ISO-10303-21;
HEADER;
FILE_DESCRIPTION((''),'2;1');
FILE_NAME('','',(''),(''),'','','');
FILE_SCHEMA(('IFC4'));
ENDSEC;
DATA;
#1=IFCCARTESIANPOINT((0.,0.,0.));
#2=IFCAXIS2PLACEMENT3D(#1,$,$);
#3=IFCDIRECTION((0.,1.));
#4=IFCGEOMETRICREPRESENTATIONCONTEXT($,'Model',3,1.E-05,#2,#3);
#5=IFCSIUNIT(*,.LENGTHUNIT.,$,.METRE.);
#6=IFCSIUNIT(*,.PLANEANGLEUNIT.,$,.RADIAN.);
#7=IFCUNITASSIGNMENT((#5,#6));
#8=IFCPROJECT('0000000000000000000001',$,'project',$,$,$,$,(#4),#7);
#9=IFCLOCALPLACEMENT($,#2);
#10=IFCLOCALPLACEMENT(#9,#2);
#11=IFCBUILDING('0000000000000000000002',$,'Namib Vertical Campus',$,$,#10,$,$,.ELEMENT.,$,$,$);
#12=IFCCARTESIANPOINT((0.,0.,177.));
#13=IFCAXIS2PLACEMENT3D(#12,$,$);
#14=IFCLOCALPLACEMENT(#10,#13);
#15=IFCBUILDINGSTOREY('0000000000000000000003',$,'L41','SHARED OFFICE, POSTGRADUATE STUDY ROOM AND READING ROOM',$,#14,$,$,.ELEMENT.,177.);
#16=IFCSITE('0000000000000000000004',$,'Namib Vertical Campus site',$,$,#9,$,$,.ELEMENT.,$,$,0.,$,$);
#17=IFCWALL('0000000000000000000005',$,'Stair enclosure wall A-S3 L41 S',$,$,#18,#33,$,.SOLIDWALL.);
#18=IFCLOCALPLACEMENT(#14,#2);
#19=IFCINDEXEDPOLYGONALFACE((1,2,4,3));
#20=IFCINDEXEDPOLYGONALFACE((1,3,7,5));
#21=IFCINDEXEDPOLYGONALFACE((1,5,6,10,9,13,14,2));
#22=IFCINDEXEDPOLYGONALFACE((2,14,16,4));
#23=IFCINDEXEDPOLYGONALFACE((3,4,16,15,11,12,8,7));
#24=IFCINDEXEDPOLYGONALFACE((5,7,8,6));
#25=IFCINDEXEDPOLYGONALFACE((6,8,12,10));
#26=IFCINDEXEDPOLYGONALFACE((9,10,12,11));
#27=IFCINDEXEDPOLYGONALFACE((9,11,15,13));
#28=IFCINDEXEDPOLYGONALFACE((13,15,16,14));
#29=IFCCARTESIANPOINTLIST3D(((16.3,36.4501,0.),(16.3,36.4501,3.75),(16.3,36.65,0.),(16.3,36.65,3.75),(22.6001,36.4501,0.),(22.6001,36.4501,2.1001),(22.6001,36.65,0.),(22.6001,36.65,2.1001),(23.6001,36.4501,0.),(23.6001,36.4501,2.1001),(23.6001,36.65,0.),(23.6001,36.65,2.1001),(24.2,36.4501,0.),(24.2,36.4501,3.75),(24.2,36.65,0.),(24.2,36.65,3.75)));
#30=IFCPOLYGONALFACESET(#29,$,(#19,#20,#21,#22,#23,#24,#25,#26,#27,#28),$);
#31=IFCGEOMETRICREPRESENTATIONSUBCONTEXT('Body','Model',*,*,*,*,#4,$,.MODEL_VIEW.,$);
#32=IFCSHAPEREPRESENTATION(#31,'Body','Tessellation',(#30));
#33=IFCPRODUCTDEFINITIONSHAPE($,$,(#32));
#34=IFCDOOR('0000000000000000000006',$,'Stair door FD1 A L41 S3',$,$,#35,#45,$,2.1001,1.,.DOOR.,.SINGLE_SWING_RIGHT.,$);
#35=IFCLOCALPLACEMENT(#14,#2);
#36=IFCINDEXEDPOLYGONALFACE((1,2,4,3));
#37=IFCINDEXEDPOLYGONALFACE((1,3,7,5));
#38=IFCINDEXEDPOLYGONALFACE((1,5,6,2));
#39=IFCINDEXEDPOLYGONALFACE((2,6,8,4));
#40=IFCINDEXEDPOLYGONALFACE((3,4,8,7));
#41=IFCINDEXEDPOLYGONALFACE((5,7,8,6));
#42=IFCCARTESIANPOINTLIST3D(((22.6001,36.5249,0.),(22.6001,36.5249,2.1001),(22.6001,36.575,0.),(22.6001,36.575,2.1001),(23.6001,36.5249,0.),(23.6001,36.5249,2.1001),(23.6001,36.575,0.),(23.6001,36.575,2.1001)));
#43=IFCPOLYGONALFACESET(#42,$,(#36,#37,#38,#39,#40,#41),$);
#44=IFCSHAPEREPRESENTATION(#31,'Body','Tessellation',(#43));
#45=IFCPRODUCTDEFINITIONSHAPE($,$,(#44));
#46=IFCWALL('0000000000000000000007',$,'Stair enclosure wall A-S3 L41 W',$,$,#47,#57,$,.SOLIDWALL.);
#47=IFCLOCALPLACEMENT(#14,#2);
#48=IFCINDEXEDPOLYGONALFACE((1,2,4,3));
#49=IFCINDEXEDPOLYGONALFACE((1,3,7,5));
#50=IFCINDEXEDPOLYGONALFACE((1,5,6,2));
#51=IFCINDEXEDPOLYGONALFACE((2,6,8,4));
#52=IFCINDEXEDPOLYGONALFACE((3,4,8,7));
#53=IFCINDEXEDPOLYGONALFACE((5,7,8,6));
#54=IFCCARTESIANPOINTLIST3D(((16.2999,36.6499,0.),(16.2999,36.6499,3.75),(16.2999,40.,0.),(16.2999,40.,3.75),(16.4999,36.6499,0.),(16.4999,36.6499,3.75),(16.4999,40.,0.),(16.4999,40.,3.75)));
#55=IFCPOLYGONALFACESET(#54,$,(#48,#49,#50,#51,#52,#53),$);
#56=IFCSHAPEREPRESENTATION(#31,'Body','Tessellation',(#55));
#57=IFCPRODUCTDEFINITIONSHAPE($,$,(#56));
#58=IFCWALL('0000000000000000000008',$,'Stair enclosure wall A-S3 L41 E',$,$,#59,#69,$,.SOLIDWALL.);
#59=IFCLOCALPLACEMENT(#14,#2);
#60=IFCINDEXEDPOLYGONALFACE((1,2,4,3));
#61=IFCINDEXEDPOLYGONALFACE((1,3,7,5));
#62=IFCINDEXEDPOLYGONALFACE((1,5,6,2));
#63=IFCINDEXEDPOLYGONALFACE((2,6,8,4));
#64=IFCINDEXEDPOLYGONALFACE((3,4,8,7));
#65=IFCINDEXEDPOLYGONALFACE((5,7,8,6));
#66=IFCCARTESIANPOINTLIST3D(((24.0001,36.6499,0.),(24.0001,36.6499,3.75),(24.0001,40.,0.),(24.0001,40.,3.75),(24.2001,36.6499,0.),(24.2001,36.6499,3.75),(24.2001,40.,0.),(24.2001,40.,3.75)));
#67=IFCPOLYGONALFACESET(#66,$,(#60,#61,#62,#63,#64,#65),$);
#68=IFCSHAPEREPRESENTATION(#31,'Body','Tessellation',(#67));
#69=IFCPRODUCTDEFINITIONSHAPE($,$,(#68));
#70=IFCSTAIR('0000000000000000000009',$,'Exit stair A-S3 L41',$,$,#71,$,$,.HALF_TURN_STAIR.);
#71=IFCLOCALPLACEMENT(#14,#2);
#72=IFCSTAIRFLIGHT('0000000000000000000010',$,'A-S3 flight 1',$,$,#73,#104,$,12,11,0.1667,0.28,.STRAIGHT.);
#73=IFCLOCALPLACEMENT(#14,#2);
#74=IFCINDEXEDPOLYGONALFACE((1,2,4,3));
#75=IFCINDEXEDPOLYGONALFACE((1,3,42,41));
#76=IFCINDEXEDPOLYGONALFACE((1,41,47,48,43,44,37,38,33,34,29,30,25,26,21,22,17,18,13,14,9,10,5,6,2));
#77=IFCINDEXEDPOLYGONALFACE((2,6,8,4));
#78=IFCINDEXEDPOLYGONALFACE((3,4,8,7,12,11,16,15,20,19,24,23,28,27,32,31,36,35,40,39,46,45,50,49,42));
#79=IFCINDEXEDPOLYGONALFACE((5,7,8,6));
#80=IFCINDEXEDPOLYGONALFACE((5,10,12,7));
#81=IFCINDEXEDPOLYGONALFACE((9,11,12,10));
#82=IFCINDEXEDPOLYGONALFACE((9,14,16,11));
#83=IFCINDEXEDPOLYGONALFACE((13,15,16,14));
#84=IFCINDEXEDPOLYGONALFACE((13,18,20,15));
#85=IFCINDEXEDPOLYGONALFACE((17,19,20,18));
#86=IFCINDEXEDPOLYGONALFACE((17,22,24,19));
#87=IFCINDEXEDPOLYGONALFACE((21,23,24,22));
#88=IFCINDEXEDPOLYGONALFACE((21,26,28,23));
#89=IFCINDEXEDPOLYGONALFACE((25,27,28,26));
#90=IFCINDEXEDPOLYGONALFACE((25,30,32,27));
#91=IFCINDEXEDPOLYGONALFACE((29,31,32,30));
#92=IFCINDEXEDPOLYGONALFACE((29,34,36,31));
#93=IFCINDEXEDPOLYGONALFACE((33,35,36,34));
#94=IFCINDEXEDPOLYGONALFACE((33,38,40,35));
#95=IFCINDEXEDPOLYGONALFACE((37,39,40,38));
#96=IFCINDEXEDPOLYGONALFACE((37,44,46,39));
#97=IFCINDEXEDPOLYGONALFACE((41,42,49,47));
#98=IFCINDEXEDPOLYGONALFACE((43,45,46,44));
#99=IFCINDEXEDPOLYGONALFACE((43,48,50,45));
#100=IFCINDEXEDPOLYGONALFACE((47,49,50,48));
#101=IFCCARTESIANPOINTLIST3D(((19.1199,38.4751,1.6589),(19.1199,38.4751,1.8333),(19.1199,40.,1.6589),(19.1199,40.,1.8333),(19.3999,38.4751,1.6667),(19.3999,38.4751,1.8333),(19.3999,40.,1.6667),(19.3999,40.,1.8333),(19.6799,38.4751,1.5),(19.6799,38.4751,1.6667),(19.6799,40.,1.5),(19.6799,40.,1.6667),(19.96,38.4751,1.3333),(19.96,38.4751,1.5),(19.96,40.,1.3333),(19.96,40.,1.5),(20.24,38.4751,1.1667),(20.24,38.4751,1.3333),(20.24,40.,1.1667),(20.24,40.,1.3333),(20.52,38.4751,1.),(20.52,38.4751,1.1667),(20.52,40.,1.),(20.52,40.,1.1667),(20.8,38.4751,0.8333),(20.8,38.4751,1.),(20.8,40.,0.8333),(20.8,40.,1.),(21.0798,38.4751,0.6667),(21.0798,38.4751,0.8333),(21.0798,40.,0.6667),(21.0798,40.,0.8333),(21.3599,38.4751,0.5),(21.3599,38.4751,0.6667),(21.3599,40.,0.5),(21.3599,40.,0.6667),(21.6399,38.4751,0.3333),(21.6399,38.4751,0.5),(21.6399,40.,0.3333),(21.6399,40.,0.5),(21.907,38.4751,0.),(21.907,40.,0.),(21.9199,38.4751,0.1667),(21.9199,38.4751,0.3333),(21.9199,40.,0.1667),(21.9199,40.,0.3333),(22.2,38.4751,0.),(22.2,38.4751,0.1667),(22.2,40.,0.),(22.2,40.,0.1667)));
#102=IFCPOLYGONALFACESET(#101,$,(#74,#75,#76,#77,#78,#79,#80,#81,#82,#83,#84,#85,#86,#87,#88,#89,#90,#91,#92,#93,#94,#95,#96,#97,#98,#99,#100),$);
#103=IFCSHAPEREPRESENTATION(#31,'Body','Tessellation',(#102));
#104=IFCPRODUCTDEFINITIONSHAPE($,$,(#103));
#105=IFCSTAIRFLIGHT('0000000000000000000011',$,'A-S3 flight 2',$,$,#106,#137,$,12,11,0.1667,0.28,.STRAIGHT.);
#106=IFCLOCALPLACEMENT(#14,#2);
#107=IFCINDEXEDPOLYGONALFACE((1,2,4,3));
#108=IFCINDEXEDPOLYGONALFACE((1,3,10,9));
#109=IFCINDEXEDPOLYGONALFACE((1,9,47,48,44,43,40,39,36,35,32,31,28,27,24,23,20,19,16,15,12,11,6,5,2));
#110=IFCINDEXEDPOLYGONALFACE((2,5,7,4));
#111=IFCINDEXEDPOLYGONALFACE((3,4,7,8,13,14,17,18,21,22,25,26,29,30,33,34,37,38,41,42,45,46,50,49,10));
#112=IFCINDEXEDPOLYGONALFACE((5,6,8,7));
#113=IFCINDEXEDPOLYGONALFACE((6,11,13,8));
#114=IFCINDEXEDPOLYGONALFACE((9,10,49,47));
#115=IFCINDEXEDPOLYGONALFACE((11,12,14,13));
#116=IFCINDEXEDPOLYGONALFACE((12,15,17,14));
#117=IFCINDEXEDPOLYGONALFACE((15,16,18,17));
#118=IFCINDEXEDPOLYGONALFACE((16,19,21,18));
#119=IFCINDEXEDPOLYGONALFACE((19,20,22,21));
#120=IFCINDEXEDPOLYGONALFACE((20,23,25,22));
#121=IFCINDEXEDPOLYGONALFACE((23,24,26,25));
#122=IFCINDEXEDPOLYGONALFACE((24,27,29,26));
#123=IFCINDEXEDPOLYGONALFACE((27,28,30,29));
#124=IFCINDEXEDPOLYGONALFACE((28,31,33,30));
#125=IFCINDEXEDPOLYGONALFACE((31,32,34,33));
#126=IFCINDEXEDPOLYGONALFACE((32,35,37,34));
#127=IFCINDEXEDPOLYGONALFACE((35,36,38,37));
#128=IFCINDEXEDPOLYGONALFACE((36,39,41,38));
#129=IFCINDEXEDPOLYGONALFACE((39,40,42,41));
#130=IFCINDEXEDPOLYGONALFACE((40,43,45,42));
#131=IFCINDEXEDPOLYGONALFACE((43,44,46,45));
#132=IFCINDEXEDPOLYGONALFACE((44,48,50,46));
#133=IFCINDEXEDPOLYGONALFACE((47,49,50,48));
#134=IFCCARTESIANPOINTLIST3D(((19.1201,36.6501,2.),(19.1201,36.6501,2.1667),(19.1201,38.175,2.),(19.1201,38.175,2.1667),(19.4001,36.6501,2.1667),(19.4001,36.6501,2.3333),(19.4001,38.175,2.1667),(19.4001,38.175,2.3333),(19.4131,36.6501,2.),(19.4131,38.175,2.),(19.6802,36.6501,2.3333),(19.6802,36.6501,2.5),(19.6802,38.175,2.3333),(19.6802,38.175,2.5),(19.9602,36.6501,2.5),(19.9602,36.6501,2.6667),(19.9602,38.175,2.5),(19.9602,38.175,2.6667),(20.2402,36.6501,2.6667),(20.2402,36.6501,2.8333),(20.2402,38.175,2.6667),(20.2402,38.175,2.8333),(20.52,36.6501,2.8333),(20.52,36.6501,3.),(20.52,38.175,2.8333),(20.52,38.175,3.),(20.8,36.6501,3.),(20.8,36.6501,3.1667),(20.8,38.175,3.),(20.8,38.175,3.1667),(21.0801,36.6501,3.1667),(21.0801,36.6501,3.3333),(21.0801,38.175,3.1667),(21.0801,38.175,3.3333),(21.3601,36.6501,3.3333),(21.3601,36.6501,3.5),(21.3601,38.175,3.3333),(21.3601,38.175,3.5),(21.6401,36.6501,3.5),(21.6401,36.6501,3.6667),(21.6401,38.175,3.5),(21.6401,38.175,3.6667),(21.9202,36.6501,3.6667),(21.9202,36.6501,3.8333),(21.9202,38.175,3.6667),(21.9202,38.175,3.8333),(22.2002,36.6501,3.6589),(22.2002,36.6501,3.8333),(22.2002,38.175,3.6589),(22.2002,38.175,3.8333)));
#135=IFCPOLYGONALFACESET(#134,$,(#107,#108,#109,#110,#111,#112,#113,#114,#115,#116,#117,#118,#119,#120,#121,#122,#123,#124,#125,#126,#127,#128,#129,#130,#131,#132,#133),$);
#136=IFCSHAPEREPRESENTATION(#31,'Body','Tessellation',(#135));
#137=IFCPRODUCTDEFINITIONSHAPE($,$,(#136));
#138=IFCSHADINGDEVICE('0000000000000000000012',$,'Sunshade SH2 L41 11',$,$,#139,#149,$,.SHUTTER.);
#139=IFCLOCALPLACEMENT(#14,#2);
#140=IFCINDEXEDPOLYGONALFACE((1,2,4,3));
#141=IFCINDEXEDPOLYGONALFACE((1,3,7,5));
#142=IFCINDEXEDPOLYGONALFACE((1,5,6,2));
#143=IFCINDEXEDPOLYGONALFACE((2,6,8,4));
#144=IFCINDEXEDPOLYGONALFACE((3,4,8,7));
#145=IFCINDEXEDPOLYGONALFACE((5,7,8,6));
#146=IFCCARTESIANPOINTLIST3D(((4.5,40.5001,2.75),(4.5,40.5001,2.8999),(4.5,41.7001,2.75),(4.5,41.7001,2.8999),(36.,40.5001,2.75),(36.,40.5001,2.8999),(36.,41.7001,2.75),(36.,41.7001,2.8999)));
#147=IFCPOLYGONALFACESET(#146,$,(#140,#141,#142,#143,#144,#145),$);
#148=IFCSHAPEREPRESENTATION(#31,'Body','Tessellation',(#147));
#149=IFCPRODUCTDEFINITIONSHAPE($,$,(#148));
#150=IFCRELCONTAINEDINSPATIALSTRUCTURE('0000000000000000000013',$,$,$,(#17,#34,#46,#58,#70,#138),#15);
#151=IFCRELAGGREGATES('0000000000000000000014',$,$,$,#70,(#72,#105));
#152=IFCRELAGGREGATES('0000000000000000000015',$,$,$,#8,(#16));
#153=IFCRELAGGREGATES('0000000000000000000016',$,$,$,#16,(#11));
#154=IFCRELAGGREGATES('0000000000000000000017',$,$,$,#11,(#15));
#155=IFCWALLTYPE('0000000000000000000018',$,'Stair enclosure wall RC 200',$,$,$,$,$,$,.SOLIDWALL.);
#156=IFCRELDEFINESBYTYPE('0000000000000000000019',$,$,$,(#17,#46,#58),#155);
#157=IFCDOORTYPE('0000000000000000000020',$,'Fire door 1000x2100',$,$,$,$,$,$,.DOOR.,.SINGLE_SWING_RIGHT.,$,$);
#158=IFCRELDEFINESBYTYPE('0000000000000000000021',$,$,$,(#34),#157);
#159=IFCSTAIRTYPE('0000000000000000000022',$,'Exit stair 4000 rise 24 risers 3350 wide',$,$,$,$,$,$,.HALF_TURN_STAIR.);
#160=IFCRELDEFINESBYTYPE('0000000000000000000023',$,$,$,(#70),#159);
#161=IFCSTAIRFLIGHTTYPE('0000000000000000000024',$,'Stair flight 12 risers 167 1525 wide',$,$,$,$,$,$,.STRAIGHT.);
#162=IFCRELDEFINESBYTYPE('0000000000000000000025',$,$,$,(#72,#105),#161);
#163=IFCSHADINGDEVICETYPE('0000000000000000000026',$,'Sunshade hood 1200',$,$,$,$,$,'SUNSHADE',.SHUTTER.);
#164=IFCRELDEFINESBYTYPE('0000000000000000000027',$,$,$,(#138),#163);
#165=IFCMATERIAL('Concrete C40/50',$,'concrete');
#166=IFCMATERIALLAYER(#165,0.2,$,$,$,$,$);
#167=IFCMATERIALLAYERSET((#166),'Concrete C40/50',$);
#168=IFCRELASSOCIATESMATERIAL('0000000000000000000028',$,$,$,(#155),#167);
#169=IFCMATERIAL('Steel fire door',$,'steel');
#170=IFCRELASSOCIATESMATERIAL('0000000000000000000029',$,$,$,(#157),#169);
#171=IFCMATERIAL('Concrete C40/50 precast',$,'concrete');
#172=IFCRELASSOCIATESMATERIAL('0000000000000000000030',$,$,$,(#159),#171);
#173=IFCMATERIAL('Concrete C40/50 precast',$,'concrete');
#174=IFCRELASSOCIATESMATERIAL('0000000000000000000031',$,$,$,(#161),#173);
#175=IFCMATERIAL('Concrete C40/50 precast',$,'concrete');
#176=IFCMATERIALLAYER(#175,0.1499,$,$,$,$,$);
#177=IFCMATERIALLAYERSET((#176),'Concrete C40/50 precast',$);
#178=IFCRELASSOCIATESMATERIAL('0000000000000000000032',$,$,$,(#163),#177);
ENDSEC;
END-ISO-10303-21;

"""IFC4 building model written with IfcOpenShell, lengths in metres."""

from ifc_helpers import new_model, si_unit, direction, frame, frame_2d, origin, origin_2d, place, context, subcontext, project, spatial, polyline, rectangle, outline, extrude, material, layer, layer_set, type_object, element, fill, aggregate, save


model = new_model("IFC4")

# Units and contexts
model_context = context("Model", 3, precision=1e-05, world=origin(), true_north=direction((0.0, 1.0)))
body_context = subcontext(model_context, "Body", "Model", "MODEL_VIEW")
ifc_project = project(units=[si_unit("LENGTHUNIT", "METRE"), si_unit("PLANEANGLEUNIT", "RADIAN")], contexts=[model_context])

# Site, building, storey
site_placement = place(None, origin())
site = spatial("IfcSite", under=ifc_project, at=site_placement, Name="Namib Vertical Campus site", CompositionType="ELEMENT", RefElevation=0.0)
building_placement = place(site_placement, origin())
building = spatial("IfcBuilding", under=site, at=building_placement, Name="Namib Vertical Campus", CompositionType="ELEMENT")
storey_placement = place(building_placement, frame((0.0, 0.0, 177.0)))
storey = spatial("IfcBuildingStorey", under=building, at=storey_placement, Name="L41", Description="SHARED OFFICE, POSTGRADUATE STUDY ROOM AND READING ROOM", CompositionType="ELEMENT", Elevation=177.0)

# Wall, opening, door
ifc_material_1 = material(Name="Concrete C40/50", Category="concrete")
ifc_layer_1 = layer(ifc_material_1, 0.2)
ifc_layer_set_1 = layer_set([ifc_layer_1], Name="Concrete C40/50")
wall_type_1 = type_object("IfcWallType", Name="Stair enclosure wall RC 200", PredefinedType="SOLIDWALL", material=ifc_layer_set_1)
wall_1_placement = place(storey_placement, frame((16.3, 36.55, 0.0), z_axis=(0.0, 0.0, 1.0), x_axis=(1.0, 0.0, 0.0)))
wall_1 = element("IfcWall", 1, at=wall_1_placement, inside=storey, type_object=wall_type_1, Name="Stair enclosure wall A-S3 L41 S", PredefinedType="SOLIDWALL", context=body_context, shape_type="SweptSolid", body=[
    extrude(rectangle(XDim=7.8999, YDim=0.2, at=frame_2d((3.95, 0.0))), origin(), (0.0, 0.0, 1.0), 3.75),
])
opening_placement = place(wall_1_placement, frame((6.3, 0.0, 0.0)))
opening = element("IfcOpeningElement", 2, at=opening_placement, cuts=wall_1, PredefinedType="OPENING", context=body_context, shape_type="SweptSolid", body=[
    extrude(rectangle(XDim=1.0, YDim=2.1001, at=frame_2d((0.5, 1.05))), frame((0.0, 0.1099, 0.0), z_axis=(0.0, -1.0, 0.0), x_axis=(1.0, 0.0, 0.0)), (0.0, 0.0, 1.0), 0.22),
])
ifc_material_2 = material(Name="Steel fire door", Category="steel")
door_type = type_object("IfcDoorType", Name="Fire door 1000x2100", OperationType="SINGLE_SWING_RIGHT", PredefinedType="DOOR", material=ifc_material_2)
door_placement = place(opening_placement, origin())
door = element("IfcDoor", 3, at=door_placement, inside=storey, type_object=door_type, Name="Stair door FD1 A L41 S3", OperationType="SINGLE_SWING_RIGHT", OverallHeight=2.1001, OverallWidth=1.0, PredefinedType="DOOR", context=body_context, shape_type="SweptSolid", body=[
    extrude(rectangle(XDim=1.0, YDim=2.1001, at=frame_2d((0.5, 1.05))), frame((0.0, 0.0249, 0.0), z_axis=(0.0, -1.0, 0.0), x_axis=(1.0, 0.0, 0.0)), (0.0, 0.0, 1.0), 0.05),
])
fill(opening, door)

# Walls
for number, where, z_axis, x_axis, name in (
    (4, (16.3999, 36.6499, 0.0), (0.0, 0.0, 1.0), (0.0, 1.0, 0.0), "Stair enclosure wall A-S3 L41 W"),
    (5, (24.1001, 36.6499, 0.0), (0.0, 0.0, 1.0), (0.0, 1.0, 0.0), "Stair enclosure wall A-S3 L41 E"),
):
    element("IfcWall", number, at=place(storey_placement, frame(where, z_axis=z_axis, x_axis=x_axis)), inside=storey, type_object=wall_type_1, Name=name, PredefinedType="SOLIDWALL", context=body_context, shape_type="SweptSolid", body=[
        extrude(rectangle(XDim=3.3501, YDim=0.2, at=frame_2d((1.675, 0.0))), origin(), (0.0, 0.0, 1.0), 3.75),
    ])

# Stair, stair flights
ifc_material_3 = material(Name="Concrete C40/50 precast", Category="concrete")
stair_type = type_object("IfcStairType", Name="Exit stair 4000 rise 24 risers 3350 wide", PredefinedType="HALF_TURN_STAIR", material=ifc_material_3)
stair_placement = place(storey_placement, origin())
stair = element("IfcStair", 6, at=stair_placement, inside=storey, type_object=stair_type, Name="Exit stair A-S3 L41", PredefinedType="HALF_TURN_STAIR")
ifc_material_4 = material(Name="Concrete C40/50 precast", Category="concrete")
stair_flight_type = type_object("IfcStairFlightType", Name="Stair flight 12 risers 167 1525 wide", PredefinedType="STRAIGHT", material=ifc_material_4)
stair_flight_1_placement = place(storey_placement, frame((22.2, 39.2375, 0.0), z_axis=(0.0, 0.0, 1.0), x_axis=(-1.0, 0.0, 0.0)))
stair_flight_1 = element("IfcStairFlight", 7, at=stair_flight_1_placement, type_object=stair_flight_type, Name="A-S3 flight 1", NumberOfRisers=12, NumberOfTreads=11, PredefinedType="STRAIGHT", RiserHeight=0.1667, TreadLength=0.28, context=body_context, shape_type="SweptSolid", body=[
    extrude(outline(polyline([(0.0, 0.0), (0.0, 0.1667), (0.28, 0.1667), (0.28, 0.3333), (0.5601, 0.3333), (0.5601, 0.5), (0.8401, 0.5), (0.8401, 0.6667), (1.1201, 0.6667), (1.1201, 0.8333), (1.3999, 0.8333), (1.3999, 1.0), (1.6799, 1.0), (1.6799, 1.1667), (1.96, 1.1667), (1.96, 1.3333), (2.24, 1.3333), (2.24, 1.5), (2.52, 1.5), (2.52, 1.6667), (2.8, 1.6667), (2.8, 1.8333), (3.0801, 1.8333), (3.0801, 2.0), (3.0801, 1.6589), (0.293, 0.0), (0.0, 0.0)])), frame((0.0, 0.7625, 0.0), z_axis=(0.0, -1.0, 0.0), x_axis=(1.0, 0.0, 0.0)), (0.0, 0.0, 1.0), 1.5249),
])
stair_flight_2_placement = place(storey_placement, frame((19.1201, 37.4126, 2.0), z_axis=(0.0, 0.0, 1.0), x_axis=(1.0, 0.0, 0.0)))
stair_flight_2 = element("IfcStairFlight", 8, at=stair_flight_2_placement, type_object=stair_flight_type, Name="A-S3 flight 2", NumberOfRisers=12, NumberOfTreads=11, PredefinedType="STRAIGHT", RiserHeight=0.1667, TreadLength=0.28, context=body_context, shape_type="SweptSolid", body=[
    extrude(outline(polyline([(0.0, 0.0), (0.0, 0.1667), (0.28, 0.1667), (0.28, 0.3333), (0.5601, 0.3333), (0.5601, 0.5), (0.8401, 0.5), (0.8401, 0.6667), (1.1201, 0.6667), (1.1201, 0.8333), (1.3999, 0.8333), (1.3999, 1.0), (1.6799, 1.0), (1.6799, 1.1667), (1.96, 1.1667), (1.96, 1.3333), (2.24, 1.3333), (2.24, 1.5), (2.52, 1.5), (2.52, 1.6667), (2.8, 1.6667), (2.8, 1.8333), (3.0801, 1.8333), (3.0801, 2.0), (3.0801, 1.6589), (0.293, 0.0), (0.0, 0.0)])), frame((0.0, 0.7625, 0.0), z_axis=(0.0, -1.0, 0.0), x_axis=(1.0, 0.0, 0.0)), (0.0, 0.0, 1.0), 1.5249),
])
aggregate(stair, [stair_flight_1, stair_flight_2])

# Shading device
ifc_material_5 = material(Name="Concrete C40/50 precast", Category="concrete")
ifc_layer_2 = layer(ifc_material_5, 0.1499)
ifc_layer_set_2 = layer_set([ifc_layer_2], Name="Concrete C40/50 precast")
shading_device_type = type_object("IfcShadingDeviceType", Name="Sunshade hood 1200", ElementType="SUNSHADE", PredefinedType="SHUTTER", material=ifc_layer_set_2)
shading_device_placement = place(storey_placement, frame((20.25, 41.1001, 2.75), z_axis=(0.0, 0.0, 1.0), x_axis=(-1.0, 0.0, 0.0)))
element("IfcShadingDevice", 9, at=shading_device_placement, inside=storey, type_object=shading_device_type, Name="Sunshade SH2 L41 11", PredefinedType="SHUTTER", context=body_context, shape_type="SweptSolid", body=[
    extrude(rectangle(XDim=31.5, YDim=1.2, at=origin_2d()), origin(), (0.0, 0.0, 1.0), 0.1499),
])

save(model, "model.ifc")
